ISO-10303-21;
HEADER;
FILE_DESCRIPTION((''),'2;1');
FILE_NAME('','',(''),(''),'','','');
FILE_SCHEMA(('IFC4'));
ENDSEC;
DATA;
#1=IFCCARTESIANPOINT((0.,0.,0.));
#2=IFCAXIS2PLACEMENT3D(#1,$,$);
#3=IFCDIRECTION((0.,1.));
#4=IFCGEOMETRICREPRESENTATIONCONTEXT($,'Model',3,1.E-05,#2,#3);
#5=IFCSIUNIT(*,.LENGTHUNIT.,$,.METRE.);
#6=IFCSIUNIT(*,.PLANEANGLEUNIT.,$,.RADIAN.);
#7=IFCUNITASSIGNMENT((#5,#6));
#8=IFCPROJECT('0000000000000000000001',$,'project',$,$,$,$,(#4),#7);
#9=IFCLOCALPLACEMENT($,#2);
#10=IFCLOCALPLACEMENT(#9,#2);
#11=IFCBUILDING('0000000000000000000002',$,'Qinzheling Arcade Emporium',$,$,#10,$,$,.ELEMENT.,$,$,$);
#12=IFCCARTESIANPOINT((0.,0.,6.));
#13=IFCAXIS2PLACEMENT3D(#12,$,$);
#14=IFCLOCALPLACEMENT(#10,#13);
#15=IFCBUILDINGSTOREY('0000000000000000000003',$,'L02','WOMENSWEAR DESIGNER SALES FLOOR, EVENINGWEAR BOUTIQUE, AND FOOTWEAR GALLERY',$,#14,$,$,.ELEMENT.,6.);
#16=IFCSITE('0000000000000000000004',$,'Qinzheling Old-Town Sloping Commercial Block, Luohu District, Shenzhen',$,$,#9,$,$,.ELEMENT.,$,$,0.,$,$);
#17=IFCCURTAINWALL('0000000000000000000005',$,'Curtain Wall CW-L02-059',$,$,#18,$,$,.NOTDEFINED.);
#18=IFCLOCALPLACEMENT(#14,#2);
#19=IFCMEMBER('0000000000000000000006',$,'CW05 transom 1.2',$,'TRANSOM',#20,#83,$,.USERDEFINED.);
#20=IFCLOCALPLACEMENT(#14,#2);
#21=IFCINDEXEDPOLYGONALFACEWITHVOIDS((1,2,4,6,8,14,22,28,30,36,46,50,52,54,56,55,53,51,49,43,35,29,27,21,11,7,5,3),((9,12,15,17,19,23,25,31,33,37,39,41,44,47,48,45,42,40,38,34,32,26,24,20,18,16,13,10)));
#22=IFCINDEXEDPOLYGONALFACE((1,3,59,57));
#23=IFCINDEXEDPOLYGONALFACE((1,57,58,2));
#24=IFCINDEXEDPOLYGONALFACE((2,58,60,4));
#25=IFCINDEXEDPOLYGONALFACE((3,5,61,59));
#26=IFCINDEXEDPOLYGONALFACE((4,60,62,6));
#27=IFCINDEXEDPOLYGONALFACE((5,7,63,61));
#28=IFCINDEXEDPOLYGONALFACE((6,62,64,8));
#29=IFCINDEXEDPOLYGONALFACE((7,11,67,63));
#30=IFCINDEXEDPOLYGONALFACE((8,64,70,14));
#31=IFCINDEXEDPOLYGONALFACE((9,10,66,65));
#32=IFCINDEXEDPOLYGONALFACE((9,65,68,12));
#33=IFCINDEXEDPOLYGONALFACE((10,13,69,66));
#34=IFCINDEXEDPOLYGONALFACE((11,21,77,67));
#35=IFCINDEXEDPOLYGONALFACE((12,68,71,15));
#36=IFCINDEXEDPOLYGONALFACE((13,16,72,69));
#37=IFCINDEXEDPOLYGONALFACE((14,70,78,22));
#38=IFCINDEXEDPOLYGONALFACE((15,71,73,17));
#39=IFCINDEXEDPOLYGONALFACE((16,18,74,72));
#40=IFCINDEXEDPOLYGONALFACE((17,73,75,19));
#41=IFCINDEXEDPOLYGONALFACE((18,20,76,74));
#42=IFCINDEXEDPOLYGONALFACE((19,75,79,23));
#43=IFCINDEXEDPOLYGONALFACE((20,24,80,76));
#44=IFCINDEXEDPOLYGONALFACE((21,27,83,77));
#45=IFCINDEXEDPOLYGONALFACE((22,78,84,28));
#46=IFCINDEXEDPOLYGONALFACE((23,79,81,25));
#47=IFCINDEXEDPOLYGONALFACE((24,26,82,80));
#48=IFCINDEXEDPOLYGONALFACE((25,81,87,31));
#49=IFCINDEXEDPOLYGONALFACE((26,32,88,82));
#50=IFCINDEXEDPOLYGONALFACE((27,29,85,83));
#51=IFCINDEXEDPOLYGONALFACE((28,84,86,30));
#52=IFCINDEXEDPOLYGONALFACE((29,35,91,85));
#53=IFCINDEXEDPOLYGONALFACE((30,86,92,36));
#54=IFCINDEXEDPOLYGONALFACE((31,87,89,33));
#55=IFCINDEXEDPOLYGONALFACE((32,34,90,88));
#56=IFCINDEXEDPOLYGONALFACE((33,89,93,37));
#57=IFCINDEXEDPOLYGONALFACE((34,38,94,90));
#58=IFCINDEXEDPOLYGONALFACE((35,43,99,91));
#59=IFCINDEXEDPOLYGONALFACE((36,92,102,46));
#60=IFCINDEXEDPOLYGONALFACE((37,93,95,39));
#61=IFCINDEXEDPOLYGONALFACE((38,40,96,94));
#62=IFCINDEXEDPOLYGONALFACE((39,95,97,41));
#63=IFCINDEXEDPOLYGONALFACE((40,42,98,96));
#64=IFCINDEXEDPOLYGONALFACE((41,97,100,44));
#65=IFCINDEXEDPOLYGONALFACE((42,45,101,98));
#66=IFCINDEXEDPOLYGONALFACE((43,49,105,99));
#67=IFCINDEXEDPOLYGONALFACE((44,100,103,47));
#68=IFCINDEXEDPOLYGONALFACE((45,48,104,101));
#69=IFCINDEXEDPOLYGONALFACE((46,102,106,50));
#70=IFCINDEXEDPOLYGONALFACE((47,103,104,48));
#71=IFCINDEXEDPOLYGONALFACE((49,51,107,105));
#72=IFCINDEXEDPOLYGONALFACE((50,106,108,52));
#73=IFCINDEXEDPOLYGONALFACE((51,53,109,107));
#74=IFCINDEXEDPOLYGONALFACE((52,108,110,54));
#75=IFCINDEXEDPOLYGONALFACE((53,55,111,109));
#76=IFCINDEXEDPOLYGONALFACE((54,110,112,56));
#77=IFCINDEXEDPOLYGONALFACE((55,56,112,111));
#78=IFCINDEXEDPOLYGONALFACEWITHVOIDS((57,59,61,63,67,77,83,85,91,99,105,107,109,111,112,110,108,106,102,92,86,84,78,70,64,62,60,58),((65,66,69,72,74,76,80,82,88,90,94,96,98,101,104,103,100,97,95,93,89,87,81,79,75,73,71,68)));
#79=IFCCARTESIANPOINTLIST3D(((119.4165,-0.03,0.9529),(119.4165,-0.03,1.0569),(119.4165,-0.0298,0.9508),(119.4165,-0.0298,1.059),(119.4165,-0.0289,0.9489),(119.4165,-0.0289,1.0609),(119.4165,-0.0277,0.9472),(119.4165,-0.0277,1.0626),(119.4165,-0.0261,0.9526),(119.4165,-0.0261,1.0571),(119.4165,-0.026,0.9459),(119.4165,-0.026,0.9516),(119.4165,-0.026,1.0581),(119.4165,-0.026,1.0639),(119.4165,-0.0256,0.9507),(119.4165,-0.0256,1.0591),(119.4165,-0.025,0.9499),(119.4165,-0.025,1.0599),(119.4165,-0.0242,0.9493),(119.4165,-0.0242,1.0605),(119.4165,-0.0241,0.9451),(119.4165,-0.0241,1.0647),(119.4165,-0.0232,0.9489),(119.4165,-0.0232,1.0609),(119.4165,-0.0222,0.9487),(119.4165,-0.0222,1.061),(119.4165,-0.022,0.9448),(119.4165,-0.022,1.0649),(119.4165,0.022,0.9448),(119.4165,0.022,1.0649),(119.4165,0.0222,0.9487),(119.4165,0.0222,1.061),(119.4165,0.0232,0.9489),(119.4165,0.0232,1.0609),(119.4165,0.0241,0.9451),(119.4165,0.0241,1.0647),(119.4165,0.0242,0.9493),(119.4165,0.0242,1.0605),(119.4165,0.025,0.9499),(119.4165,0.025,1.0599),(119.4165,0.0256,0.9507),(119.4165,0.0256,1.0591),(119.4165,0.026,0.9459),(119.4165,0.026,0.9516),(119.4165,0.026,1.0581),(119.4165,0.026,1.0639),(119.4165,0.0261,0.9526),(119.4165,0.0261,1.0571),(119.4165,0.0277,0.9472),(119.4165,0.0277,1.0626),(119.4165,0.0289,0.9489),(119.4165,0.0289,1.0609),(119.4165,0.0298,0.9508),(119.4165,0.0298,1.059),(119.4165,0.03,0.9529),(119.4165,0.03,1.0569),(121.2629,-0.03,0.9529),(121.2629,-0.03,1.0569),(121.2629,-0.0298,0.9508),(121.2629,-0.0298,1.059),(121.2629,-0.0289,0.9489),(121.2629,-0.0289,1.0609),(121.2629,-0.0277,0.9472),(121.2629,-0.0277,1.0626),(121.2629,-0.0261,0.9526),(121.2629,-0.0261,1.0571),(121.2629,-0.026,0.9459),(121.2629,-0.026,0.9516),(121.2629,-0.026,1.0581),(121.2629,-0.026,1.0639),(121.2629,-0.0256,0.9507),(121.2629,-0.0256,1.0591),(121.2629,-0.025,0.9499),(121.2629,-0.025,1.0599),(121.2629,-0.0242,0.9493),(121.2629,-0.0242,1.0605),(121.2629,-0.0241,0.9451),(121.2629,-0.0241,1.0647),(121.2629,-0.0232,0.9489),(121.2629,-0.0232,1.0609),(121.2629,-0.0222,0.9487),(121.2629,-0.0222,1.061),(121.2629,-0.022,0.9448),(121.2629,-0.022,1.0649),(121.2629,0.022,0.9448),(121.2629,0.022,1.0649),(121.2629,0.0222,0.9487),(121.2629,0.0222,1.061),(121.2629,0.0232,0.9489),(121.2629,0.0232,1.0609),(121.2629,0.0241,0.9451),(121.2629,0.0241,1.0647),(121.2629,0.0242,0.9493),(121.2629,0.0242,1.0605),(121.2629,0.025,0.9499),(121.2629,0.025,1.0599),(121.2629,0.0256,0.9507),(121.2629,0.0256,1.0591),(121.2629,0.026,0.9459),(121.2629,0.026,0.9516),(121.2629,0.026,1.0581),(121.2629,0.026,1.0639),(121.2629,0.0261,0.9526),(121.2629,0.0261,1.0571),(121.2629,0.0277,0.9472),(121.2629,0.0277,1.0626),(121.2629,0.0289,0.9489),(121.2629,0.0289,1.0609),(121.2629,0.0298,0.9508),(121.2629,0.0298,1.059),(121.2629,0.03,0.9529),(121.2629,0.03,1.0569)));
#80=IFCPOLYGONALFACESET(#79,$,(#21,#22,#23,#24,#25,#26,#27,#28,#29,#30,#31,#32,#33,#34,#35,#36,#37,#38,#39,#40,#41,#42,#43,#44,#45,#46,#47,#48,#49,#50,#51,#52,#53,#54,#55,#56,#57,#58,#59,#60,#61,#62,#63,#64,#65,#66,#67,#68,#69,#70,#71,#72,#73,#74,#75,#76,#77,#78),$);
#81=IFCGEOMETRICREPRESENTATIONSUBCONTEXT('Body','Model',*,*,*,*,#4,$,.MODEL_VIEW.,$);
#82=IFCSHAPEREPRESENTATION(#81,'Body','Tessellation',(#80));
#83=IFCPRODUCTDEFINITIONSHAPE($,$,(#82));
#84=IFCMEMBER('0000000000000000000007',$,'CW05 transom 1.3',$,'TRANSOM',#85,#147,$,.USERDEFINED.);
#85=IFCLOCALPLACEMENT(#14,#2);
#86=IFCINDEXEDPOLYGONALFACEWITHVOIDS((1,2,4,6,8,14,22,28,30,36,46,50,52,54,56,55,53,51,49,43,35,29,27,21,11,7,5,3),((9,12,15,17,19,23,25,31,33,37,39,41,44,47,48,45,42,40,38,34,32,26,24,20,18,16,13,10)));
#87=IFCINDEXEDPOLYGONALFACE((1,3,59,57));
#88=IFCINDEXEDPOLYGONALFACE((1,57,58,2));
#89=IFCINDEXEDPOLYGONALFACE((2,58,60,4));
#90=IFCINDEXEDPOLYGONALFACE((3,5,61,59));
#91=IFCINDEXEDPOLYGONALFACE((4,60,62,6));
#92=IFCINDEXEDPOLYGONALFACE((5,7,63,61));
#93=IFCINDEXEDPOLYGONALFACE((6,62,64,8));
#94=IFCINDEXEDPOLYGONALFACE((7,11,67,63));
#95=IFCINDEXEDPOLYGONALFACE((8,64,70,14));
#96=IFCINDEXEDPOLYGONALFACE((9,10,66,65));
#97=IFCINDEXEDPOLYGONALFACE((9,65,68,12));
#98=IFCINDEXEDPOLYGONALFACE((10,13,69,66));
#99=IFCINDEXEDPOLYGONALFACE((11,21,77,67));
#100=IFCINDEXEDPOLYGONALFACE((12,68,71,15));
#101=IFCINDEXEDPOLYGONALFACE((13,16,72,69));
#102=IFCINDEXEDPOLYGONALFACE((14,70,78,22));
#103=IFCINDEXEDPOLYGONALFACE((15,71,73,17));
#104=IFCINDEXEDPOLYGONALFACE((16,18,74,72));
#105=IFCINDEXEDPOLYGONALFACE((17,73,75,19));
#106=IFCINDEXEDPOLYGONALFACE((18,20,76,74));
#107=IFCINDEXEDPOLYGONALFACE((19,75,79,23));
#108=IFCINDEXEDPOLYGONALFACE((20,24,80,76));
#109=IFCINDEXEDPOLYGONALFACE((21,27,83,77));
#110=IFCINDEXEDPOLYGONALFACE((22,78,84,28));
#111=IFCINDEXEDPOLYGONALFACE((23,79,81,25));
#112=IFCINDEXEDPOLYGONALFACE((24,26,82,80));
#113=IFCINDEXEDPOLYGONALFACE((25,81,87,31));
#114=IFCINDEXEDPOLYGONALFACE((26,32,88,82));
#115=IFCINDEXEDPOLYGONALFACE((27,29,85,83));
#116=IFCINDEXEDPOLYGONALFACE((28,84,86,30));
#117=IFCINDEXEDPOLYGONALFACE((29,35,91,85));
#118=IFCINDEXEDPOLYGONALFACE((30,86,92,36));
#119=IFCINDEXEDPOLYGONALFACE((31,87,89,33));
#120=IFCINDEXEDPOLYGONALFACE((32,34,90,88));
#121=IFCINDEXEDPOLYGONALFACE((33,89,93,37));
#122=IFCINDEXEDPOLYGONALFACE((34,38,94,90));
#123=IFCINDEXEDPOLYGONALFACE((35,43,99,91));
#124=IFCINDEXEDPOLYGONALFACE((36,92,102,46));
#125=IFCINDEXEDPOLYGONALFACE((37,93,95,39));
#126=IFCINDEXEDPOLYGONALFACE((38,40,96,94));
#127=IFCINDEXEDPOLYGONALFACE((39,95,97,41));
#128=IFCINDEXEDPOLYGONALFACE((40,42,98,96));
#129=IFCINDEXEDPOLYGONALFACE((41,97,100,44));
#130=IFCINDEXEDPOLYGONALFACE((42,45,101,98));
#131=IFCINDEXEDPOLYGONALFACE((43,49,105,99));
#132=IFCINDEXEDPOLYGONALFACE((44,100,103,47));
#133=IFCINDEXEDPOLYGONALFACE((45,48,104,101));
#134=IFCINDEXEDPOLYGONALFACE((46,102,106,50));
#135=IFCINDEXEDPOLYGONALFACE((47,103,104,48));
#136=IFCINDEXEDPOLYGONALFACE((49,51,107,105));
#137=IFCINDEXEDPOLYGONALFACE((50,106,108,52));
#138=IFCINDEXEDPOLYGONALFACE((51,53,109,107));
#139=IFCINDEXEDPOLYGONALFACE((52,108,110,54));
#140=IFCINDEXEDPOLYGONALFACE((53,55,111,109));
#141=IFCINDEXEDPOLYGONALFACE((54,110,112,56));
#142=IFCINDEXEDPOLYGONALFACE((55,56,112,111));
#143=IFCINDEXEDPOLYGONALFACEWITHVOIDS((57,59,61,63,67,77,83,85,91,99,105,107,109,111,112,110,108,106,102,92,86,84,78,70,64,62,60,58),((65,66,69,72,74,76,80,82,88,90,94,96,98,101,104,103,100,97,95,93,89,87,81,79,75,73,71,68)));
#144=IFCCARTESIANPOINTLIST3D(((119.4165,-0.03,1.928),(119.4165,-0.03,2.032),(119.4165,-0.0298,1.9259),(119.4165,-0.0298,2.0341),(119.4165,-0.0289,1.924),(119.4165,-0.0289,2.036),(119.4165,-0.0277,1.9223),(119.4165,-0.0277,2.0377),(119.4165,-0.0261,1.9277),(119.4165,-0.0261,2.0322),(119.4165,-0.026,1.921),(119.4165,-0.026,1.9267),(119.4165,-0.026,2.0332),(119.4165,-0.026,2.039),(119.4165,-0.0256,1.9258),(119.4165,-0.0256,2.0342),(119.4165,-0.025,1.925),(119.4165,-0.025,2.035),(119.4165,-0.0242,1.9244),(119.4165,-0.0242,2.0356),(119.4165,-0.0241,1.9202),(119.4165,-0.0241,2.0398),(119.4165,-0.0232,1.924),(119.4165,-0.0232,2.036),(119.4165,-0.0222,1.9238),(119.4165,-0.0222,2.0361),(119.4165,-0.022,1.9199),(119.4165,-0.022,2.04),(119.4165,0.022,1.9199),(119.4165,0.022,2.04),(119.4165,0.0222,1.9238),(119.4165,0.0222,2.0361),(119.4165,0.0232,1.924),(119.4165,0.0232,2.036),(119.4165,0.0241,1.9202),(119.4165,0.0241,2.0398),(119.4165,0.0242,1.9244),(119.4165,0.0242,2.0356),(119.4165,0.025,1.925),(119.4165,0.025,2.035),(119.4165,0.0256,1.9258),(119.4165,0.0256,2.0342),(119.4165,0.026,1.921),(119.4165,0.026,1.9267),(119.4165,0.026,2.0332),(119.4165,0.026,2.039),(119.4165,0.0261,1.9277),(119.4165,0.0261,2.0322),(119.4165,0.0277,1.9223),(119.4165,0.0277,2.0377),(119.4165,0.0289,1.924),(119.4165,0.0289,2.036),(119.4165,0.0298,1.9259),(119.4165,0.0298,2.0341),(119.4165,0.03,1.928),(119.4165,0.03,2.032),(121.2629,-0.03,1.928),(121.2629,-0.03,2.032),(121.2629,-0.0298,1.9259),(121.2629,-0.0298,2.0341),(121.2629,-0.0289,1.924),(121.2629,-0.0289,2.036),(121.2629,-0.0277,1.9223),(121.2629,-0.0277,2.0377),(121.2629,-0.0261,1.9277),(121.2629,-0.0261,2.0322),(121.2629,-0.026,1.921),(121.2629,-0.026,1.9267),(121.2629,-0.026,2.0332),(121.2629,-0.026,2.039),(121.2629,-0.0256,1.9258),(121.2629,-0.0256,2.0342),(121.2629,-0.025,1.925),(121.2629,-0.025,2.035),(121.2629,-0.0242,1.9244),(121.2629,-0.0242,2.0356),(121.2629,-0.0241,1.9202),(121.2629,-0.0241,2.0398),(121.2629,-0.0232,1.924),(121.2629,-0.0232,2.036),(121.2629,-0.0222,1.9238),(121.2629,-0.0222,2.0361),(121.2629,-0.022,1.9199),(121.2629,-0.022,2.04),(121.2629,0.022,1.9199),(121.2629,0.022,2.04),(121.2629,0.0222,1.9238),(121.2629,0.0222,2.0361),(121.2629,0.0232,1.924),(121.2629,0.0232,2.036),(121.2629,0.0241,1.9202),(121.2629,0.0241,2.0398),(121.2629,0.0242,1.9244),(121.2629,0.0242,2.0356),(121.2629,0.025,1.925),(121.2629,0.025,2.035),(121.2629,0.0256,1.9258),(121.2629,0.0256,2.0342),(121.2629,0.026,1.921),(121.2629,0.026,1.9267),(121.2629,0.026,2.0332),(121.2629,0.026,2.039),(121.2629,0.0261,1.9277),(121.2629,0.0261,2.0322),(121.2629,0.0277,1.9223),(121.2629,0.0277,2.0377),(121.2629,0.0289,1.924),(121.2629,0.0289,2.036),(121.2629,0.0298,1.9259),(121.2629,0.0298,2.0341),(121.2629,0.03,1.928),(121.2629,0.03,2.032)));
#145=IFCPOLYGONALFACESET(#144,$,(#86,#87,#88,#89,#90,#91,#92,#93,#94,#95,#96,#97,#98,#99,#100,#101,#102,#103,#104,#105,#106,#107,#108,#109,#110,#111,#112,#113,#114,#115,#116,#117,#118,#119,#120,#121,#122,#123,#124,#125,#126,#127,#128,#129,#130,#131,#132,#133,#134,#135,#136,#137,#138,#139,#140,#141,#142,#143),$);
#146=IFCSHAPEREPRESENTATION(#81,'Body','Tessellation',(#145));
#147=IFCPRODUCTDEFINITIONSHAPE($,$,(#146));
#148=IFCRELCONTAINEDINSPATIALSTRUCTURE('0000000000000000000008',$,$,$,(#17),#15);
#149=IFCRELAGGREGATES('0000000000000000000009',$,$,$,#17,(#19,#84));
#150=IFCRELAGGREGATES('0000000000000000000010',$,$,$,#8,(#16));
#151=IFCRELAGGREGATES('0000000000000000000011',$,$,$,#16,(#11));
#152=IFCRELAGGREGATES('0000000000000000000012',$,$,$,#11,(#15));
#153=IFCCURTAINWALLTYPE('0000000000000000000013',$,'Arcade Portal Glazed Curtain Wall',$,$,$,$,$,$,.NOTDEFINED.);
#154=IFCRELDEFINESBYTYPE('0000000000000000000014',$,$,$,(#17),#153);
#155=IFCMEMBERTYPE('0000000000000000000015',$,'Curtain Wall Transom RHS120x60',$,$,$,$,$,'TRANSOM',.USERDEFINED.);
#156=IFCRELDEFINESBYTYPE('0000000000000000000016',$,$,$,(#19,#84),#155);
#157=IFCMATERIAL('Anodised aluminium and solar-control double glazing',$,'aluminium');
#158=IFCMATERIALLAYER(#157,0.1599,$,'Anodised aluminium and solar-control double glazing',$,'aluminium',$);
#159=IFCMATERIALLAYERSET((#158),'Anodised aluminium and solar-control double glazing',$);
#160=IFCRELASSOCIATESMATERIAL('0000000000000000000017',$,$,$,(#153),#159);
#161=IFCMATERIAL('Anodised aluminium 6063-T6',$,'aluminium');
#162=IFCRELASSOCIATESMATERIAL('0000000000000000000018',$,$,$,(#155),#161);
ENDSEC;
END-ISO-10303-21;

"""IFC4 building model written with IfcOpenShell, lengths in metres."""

from ifc_helpers import new_model, si_unit, direction, frame, origin, origin_2d, place, context, subcontext, project, spatial, hollow_rectangle, extrude, material, layer, layer_set, material_profile, profile_set, type_object, element, aggregate, save


model = new_model("IFC4")

# Units and contexts
model_context = context("Model", 3, precision=1e-05, world=origin(), true_north=direction((0.0, 1.0)))
body_context = subcontext(model_context, "Body", "Model", "MODEL_VIEW")
ifc_project = project(units=[si_unit("LENGTHUNIT", "METRE"), si_unit("PLANEANGLEUNIT", "RADIAN")], contexts=[model_context])

# Site, building, storey
site_placement = place(None, origin())
site = spatial("IfcSite", under=ifc_project, at=site_placement, Name="Qinzheling Old-Town Sloping Commercial Block, Luohu District, Shenzhen", CompositionType="ELEMENT", RefElevation=0.0)
building_placement = place(site_placement, origin())
building = spatial("IfcBuilding", under=site, at=building_placement, Name="Qinzheling Arcade Emporium", CompositionType="ELEMENT")
storey_placement = place(building_placement, frame((0.0, 0.0, 6.0)))
storey = spatial("IfcBuildingStorey", under=building, at=storey_placement, Name="L02", Description="WOMENSWEAR DESIGNER SALES FLOOR, EVENINGWEAR BOUTIQUE, AND FOOTWEAR GALLERY", CompositionType="ELEMENT", Elevation=6.0)

# Curtain wall, members
ifc_material_1 = material(Name="Anodised aluminium and solar-control double glazing", Category="aluminium")
ifc_layer_1 = layer(ifc_material_1, 0.1599, Name="Anodised aluminium and solar-control double glazing", Category="aluminium")
ifc_layer_set_1 = layer_set([ifc_layer_1], Name="Anodised aluminium and solar-control double glazing")
curtain_wall_type = type_object("IfcCurtainWallType", Name="Arcade Portal Glazed Curtain Wall", PredefinedType="NOTDEFINED", material=ifc_layer_set_1)
curtain_wall_placement = place(storey_placement, origin())
curtain_wall = element("IfcCurtainWall", 1, at=curtain_wall_placement, inside=storey, type_object=curtain_wall_type, Name="Curtain Wall CW-L02-059", PredefinedType="NOTDEFINED")
ifc_material_2 = material(Name="Anodised aluminium 6063-T6", Category="aluminium")
ifc_material_profile_1 = material_profile(ifc_material_2, hollow_rectangle(XDim=0.0601, YDim=0.1201, WallThickness=0.0039, InnerFilletRadius=0.0039, OuterFilletRadius=0.0081, at=origin_2d()), Name="RHS 120x60x4", Category="aluminium")
ifc_profile_set_1 = profile_set([ifc_material_profile_1], Name="Anodised aluminium 6063-T6")
member_type_1 = type_object("IfcMemberType", Name="Curtain Wall Transom RHS120x60", ElementType="TRANSOM", PredefinedType="USERDEFINED", material=ifc_profile_set_1)
member_1_placement = place(storey_placement, frame((121.2629, 0.0, 1.0049), z_axis=(-1.0, 0.0, 0.0), x_axis=(0.0, -1.0, 0.0)))
member_1 = element("IfcMember", 2, at=member_1_placement, type_object=member_type_1, Name="CW05 transom 1.2", ObjectType="TRANSOM", PredefinedType="USERDEFINED", context=body_context, shape_type="SweptSolid", body=[
    extrude(hollow_rectangle(XDim=0.0601, YDim=0.1201, WallThickness=0.0039, InnerFilletRadius=0.0039, OuterFilletRadius=0.0081, at=origin_2d()), origin(), (0.0, 0.0, 1.0), 1.8464),
])
member_2_placement = place(storey_placement, frame((121.2629, 0.0, 1.98), z_axis=(-1.0, 0.0, 0.0), x_axis=(0.0, -1.0, 0.0)))
member_2 = element("IfcMember", 3, at=member_2_placement, type_object=member_type_1, Name="CW05 transom 1.3", ObjectType="TRANSOM", PredefinedType="USERDEFINED", context=body_context, shape_type="SweptSolid", body=[
    extrude(hollow_rectangle(XDim=0.0601, YDim=0.1201, WallThickness=0.0039, InnerFilletRadius=0.0039, OuterFilletRadius=0.0081, at=origin_2d()), origin(), (0.0, 0.0, 1.0), 1.8464),
])

aggregate(curtain_wall, [member_1, member_2])

save(model, "model.ifc")
